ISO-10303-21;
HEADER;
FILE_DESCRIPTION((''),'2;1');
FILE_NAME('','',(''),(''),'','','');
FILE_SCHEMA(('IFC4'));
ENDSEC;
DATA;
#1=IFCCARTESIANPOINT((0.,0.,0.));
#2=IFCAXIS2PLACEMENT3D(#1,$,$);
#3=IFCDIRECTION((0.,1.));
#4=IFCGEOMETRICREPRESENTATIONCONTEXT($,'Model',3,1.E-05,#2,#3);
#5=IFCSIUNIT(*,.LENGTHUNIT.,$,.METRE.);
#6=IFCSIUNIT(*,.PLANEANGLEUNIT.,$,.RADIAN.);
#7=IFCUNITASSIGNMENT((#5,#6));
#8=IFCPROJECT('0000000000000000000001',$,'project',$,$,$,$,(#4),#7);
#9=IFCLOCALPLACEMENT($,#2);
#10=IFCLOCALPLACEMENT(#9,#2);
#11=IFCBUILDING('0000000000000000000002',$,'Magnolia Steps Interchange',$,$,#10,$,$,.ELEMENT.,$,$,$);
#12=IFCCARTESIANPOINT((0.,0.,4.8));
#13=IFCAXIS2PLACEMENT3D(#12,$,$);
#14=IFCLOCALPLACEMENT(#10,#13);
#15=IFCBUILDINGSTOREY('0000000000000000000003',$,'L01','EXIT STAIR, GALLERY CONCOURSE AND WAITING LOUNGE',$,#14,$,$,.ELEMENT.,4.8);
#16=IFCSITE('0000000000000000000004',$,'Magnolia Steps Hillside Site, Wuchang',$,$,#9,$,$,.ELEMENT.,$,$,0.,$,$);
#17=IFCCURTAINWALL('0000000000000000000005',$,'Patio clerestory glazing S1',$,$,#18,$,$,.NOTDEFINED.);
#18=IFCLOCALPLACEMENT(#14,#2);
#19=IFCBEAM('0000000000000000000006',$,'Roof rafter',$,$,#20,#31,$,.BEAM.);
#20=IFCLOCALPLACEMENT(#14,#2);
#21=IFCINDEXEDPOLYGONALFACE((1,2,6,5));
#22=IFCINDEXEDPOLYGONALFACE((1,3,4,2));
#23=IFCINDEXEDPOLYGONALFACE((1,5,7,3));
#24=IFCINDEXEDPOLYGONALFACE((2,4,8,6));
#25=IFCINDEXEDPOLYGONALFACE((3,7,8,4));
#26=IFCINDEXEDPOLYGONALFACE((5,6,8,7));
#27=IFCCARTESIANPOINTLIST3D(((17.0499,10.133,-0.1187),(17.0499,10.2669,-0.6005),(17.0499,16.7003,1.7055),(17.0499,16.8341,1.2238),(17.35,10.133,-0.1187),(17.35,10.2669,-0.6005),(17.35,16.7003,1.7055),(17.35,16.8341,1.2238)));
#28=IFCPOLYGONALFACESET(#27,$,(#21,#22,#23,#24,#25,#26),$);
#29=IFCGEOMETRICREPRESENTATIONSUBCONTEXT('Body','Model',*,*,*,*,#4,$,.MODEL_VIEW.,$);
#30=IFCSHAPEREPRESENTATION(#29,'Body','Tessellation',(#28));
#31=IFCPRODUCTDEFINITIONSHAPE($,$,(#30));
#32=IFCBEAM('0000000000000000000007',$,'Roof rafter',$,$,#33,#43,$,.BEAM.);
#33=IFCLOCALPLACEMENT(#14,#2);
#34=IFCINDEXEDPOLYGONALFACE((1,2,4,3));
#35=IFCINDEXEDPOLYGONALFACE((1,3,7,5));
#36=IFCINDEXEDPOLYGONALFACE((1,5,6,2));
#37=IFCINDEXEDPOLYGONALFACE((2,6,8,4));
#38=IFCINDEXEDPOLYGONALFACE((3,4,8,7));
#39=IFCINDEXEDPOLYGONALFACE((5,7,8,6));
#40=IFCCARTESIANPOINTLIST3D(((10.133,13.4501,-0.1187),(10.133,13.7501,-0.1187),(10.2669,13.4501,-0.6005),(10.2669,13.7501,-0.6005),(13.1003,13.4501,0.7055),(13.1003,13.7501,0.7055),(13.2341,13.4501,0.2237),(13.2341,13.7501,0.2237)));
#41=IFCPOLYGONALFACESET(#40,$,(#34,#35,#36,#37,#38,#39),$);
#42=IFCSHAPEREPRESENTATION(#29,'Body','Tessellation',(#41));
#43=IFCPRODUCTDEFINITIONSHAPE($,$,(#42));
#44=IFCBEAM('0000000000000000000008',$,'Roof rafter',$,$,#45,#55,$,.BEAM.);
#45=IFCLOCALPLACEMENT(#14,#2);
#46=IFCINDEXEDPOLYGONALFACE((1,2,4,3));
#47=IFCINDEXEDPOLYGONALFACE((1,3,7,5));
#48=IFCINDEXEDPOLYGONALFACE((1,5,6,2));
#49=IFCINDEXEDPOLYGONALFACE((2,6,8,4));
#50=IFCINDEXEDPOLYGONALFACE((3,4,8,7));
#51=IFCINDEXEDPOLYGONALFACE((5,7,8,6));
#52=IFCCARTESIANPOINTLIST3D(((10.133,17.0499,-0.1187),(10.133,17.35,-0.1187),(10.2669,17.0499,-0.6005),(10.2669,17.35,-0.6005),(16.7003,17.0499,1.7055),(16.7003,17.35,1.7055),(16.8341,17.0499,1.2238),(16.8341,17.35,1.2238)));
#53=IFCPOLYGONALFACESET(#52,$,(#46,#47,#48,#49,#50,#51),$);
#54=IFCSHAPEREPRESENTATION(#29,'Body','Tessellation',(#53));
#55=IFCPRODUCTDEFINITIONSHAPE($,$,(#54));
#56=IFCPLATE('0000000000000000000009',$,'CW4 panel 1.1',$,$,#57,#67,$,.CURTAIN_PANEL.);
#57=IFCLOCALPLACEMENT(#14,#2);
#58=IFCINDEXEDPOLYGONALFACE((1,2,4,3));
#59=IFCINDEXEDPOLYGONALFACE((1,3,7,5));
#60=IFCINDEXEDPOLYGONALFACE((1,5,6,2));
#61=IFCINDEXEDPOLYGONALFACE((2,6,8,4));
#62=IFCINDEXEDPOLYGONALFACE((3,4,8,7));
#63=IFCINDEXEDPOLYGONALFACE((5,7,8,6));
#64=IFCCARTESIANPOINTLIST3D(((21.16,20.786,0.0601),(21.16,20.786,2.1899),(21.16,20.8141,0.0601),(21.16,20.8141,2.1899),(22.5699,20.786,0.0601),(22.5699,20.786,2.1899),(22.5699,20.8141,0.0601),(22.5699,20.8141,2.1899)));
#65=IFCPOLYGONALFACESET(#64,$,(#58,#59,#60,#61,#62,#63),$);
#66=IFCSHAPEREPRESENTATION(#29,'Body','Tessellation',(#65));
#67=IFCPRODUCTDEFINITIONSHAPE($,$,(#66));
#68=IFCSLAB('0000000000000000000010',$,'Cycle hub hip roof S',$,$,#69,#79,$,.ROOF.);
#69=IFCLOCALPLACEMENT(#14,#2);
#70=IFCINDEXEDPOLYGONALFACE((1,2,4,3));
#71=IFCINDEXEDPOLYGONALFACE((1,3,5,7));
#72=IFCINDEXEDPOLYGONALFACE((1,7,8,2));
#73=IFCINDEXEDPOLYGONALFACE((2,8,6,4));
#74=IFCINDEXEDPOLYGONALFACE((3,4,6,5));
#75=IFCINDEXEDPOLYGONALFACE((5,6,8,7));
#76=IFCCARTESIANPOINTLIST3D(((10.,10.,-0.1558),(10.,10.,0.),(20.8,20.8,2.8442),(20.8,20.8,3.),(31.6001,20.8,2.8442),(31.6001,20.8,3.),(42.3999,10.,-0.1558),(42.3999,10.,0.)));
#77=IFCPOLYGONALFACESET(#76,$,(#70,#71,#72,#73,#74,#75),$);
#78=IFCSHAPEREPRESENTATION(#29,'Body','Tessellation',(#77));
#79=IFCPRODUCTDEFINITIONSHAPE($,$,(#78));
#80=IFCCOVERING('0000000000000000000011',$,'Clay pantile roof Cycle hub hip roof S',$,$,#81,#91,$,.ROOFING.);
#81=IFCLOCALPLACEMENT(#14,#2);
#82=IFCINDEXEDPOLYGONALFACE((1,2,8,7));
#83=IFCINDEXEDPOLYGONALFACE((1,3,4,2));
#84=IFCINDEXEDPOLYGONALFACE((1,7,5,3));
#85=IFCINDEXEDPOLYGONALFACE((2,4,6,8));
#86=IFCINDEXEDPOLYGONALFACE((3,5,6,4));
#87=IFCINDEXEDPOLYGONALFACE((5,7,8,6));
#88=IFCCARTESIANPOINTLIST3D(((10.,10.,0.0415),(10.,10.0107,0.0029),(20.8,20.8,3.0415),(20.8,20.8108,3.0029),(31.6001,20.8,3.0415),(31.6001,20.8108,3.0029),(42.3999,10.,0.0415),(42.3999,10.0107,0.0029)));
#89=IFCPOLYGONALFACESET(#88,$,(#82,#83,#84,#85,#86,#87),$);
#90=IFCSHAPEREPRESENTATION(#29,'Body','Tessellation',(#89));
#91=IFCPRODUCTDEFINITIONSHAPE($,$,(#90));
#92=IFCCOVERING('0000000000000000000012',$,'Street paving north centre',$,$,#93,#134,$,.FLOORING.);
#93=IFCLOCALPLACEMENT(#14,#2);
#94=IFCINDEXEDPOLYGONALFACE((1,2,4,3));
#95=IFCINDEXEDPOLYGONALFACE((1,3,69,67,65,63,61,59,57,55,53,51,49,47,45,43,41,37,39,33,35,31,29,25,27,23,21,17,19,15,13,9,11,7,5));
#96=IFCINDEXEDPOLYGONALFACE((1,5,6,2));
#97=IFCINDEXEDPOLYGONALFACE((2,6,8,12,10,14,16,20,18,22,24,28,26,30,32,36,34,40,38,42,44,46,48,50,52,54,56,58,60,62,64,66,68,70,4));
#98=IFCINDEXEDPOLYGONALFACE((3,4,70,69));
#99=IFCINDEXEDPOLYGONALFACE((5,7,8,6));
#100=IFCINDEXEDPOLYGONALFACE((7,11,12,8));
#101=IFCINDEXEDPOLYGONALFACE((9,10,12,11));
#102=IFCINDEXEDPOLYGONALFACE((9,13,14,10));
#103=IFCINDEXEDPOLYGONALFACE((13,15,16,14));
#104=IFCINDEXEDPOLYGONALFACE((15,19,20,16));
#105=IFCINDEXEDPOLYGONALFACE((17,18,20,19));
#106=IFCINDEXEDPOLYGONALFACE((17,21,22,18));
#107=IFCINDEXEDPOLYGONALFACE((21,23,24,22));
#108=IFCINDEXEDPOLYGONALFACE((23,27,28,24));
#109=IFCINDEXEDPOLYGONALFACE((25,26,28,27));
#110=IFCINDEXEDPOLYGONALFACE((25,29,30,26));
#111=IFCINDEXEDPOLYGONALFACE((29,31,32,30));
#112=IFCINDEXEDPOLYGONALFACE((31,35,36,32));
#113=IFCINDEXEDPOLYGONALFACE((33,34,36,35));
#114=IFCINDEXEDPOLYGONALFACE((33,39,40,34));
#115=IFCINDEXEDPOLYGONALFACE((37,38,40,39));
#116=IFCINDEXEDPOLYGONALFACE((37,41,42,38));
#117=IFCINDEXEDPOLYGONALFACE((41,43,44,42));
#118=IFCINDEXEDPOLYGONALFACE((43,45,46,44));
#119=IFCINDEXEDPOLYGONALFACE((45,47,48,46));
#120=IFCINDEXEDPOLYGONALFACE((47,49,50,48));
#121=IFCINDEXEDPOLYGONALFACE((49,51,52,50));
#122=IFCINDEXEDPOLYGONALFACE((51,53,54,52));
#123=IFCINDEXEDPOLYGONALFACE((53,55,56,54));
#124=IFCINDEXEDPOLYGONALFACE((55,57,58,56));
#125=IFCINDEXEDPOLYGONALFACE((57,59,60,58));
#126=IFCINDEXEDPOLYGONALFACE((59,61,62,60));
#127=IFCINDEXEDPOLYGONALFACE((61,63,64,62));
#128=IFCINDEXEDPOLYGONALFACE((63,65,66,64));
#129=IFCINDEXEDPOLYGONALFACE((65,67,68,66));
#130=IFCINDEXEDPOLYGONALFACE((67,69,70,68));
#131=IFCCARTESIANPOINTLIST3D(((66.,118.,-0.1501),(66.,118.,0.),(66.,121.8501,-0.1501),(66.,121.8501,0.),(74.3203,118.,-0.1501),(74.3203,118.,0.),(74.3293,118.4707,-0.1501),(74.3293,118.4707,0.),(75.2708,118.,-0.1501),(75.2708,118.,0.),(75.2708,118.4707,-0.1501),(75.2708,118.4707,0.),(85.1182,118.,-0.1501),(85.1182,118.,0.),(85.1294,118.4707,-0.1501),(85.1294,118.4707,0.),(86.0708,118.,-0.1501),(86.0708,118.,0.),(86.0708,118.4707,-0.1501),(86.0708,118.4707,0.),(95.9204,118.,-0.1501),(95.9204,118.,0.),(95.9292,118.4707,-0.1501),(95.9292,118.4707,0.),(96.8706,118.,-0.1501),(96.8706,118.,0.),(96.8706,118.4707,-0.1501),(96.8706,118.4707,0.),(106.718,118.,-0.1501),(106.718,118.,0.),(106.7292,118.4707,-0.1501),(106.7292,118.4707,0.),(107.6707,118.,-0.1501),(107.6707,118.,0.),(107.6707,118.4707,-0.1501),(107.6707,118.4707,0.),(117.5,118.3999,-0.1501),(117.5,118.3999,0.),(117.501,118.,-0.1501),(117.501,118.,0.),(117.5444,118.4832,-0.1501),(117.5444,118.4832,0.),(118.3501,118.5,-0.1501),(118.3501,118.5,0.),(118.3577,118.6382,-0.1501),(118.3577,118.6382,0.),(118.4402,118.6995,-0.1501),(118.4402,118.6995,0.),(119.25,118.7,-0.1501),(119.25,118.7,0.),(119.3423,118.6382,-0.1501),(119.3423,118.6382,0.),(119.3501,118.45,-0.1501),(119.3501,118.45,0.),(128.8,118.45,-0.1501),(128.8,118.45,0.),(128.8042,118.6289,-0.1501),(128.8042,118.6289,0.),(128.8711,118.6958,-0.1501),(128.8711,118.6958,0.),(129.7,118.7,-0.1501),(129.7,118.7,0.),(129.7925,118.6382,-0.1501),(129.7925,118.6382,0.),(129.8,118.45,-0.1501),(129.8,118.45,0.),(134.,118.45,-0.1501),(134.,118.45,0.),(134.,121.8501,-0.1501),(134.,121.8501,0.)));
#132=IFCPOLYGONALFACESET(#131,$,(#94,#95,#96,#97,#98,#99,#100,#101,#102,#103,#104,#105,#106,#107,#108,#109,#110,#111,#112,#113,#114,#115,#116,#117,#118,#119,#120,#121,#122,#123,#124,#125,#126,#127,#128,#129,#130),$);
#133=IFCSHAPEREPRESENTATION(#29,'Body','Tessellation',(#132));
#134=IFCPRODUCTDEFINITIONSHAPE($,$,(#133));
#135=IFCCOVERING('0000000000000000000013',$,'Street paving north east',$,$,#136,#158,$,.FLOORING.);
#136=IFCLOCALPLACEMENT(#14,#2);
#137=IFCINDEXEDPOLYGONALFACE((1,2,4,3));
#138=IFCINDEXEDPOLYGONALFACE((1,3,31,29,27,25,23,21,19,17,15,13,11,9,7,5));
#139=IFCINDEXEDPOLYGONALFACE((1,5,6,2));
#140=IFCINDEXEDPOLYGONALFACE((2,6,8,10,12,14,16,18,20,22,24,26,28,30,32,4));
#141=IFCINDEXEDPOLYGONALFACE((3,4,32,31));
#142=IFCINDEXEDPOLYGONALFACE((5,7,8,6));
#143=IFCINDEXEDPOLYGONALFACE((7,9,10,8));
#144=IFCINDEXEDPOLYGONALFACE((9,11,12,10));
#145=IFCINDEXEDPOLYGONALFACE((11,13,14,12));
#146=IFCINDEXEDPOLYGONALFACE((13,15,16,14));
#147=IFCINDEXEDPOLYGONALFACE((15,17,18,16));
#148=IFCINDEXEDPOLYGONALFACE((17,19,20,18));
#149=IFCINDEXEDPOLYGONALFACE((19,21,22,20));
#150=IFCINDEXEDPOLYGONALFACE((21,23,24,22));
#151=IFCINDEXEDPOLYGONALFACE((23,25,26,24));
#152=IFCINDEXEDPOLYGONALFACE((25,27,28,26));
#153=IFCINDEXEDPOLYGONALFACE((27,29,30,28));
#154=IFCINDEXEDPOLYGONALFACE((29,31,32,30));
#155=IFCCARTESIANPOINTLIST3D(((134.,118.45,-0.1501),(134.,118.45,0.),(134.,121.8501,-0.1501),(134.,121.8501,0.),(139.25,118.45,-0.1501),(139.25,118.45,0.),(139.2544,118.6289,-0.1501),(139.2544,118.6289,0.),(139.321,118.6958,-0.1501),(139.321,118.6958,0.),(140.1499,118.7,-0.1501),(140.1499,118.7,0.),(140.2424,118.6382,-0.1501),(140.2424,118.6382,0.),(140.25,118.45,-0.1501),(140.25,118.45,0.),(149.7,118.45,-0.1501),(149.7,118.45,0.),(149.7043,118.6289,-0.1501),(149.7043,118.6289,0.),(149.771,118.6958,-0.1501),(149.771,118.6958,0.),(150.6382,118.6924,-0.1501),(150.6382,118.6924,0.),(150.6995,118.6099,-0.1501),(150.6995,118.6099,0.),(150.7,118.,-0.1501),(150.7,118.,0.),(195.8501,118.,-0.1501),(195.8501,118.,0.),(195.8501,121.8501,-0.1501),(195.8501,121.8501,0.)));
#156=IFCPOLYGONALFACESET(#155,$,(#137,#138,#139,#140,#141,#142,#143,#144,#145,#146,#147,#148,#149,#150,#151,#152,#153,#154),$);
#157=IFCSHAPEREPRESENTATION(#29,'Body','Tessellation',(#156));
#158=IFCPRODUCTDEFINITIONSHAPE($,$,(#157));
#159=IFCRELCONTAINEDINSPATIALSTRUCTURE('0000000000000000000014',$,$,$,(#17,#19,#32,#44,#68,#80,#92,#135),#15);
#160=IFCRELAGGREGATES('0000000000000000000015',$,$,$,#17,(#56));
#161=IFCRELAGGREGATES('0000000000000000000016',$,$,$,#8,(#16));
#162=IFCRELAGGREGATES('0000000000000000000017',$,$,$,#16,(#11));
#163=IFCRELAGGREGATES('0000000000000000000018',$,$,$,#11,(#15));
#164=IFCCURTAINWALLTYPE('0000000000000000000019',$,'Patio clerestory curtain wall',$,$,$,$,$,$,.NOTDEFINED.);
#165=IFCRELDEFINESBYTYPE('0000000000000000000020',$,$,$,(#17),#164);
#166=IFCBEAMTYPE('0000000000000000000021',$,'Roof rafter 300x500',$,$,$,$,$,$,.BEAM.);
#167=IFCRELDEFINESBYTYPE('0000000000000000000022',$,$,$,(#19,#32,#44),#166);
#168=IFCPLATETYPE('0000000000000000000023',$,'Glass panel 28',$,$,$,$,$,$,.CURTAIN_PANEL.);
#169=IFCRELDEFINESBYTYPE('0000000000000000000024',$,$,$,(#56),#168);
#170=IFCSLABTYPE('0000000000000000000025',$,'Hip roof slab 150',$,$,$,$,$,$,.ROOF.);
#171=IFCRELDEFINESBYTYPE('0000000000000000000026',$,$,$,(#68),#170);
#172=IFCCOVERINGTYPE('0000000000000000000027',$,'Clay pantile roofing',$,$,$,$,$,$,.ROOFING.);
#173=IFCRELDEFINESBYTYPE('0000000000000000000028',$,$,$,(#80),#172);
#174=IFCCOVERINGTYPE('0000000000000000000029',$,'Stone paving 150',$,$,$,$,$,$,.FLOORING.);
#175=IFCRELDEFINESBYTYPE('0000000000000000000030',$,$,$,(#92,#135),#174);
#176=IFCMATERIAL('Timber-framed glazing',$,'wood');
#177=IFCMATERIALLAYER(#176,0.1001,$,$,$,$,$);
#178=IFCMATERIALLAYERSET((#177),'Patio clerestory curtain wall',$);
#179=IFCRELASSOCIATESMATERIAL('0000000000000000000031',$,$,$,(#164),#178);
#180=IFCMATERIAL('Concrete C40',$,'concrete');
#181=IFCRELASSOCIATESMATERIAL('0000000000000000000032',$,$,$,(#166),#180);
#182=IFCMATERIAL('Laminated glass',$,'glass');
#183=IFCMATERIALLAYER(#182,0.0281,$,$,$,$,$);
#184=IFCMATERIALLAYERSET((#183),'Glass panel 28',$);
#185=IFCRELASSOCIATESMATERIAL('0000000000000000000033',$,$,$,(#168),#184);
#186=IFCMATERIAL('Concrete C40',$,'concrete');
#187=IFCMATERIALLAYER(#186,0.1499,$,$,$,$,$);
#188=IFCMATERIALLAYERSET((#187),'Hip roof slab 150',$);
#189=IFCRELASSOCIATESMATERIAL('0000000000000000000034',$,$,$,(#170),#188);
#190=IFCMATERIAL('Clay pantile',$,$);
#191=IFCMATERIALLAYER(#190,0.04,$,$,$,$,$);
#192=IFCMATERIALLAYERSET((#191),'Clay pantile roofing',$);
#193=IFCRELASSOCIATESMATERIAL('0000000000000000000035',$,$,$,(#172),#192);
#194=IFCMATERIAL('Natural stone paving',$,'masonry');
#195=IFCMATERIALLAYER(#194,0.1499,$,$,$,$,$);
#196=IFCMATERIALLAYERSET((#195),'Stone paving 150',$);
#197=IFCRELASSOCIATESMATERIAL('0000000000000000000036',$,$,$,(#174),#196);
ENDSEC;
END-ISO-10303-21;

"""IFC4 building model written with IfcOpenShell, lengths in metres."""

from ifc_helpers import new_model, si_unit, direction, frame, origin, origin_2d, place, context, subcontext, project, spatial, polyline, rectangle, outline, extrude, material, layer, layer_set, material_profile, profile_set, type_object, element, aggregate, save


model = new_model("IFC4")

# Units and contexts
model_context = context("Model", 3, precision=1e-05, world=origin(), true_north=direction((0.0, 1.0)))
body_context = subcontext(model_context, "Body", "Model", "MODEL_VIEW")
ifc_project = project(units=[si_unit("LENGTHUNIT", "METRE"), si_unit("PLANEANGLEUNIT", "RADIAN")], contexts=[model_context])

# Site, building, storey
site_placement = place(None, origin())
site = spatial("IfcSite", under=ifc_project, at=site_placement, Name="Magnolia Steps Hillside Site, Wuchang", CompositionType="ELEMENT", RefElevation=0.0)
building_placement = place(site_placement, origin())
building = spatial("IfcBuilding", under=site, at=building_placement, Name="Magnolia Steps Interchange", CompositionType="ELEMENT")
storey_placement = place(building_placement, frame((0.0, 0.0, 4.8)))
storey = spatial("IfcBuildingStorey", under=building, at=storey_placement, Name="L01", Description="EXIT STAIR, GALLERY CONCOURSE AND WAITING LOUNGE", CompositionType="ELEMENT", Elevation=4.8)

# Curtain wall
ifc_material_1 = material(Name="Timber-framed glazing", Category="wood")
ifc_layer_1 = layer(ifc_material_1, 0.1001)
ifc_layer_set_1 = layer_set([ifc_layer_1], Name="Patio clerestory curtain wall")
curtain_wall_type = type_object("IfcCurtainWallType", Name="Patio clerestory curtain wall", PredefinedType="NOTDEFINED", material=ifc_layer_set_1)
curtain_wall_placement = place(storey_placement, origin())
curtain_wall = element("IfcCurtainWall", 1, at=curtain_wall_placement, inside=storey, type_object=curtain_wall_type, Name="Patio clerestory glazing S1", PredefinedType="NOTDEFINED")

# Beams
ifc_material_2 = material(Name="Concrete C40", Category="concrete")
ifc_material_profile_1 = material_profile(ifc_material_2, rectangle(XDim=0.3, YDim=0.5, at=origin_2d()), Name="RC300x500")
ifc_profile_set_1 = profile_set([ifc_material_profile_1], Name="Concrete C40")
beam_type_1 = type_object("IfcBeamType", Name="Roof rafter 300x500", PredefinedType="BEAM", material=ifc_profile_set_1)
beam_1_placement = place(storey_placement, frame((17.2, 10.2, -0.3596), z_axis=(0.0, 0.963517, 0.267646), x_axis=(-1.0, 0.0, 0.0)))
element("IfcBeam", 2, at=beam_1_placement, inside=storey, type_object=beam_type_1, Name="Roof rafter", PredefinedType="BEAM", context=body_context, shape_type="SweptSolid", body=[
    extrude(rectangle(XDim=0.3, YDim=0.5, at=origin_2d()), origin(), (0.0, 0.0, 1.0), 6.8159),
])
beam_2_placement = place(storey_placement, frame((10.2, 13.6001, -0.3596), z_axis=(0.96352, 0.0, 0.267636), x_axis=(0.0, 1.0, 0.0)))
element("IfcBeam", 3, at=beam_2_placement, inside=storey, type_object=beam_type_1, Name="Roof rafter", PredefinedType="BEAM", context=body_context, shape_type="SweptSolid", body=[
    extrude(rectangle(XDim=0.3, YDim=0.5, at=origin_2d()), origin(), (0.0, 0.0, 1.0), 3.0796),
])
beam_3_placement = place(storey_placement, frame((10.2, 17.2, -0.3596), z_axis=(0.963517, 0.0, 0.267646), x_axis=(0.0, 1.0, 0.0)))
element("IfcBeam", 4, at=beam_3_placement, inside=storey, type_object=beam_type_1, Name="Roof rafter", PredefinedType="BEAM", context=body_context, shape_type="SweptSolid", body=[
    extrude(rectangle(XDim=0.3, YDim=0.5, at=origin_2d()), origin(), (0.0, 0.0, 1.0), 6.8159),
])

# Plate
ifc_material_3 = material(Name="Laminated glass", Category="glass")
ifc_layer_2 = layer(ifc_material_3, 0.0281)
ifc_layer_set_2 = layer_set([ifc_layer_2], Name="Glass panel 28")
plate_type = type_object("IfcPlateType", Name="Glass panel 28", PredefinedType="CURTAIN_PANEL", material=ifc_layer_set_2)
plate_placement = place(storey_placement, frame((21.865, 20.8, 0.0601), z_axis=(0.0, 0.0, 1.0), x_axis=(1.0, 0.0, 0.0)))
plate = element("IfcPlate", 5, at=plate_placement, type_object=plate_type, Name="CW4 panel 1.1", PredefinedType="CURTAIN_PANEL", context=body_context, shape_type="SweptSolid", body=[
    extrude(rectangle(XDim=1.4099, YDim=0.0281, at=origin_2d()), origin(), (0.0, 0.0, 1.0), 2.1299),
])
aggregate(curtain_wall, [plate])

# Slab
ifc_material_4 = material(Name="Concrete C40", Category="concrete")
ifc_layer_3 = layer(ifc_material_4, 0.1499)
ifc_layer_set_3 = layer_set([ifc_layer_3], Name="Hip roof slab 150")
slab_type = type_object("IfcSlabType", Name="Hip roof slab 150", PredefinedType="ROOF", material=ifc_layer_set_3)
slab_placement = place(storey_placement, frame((10.0, 10.0, 0.0), z_axis=(0.0, -0.267643, 0.963518), x_axis=(1.0, 0.0, 0.0)))
element("IfcSlab", 6, at=slab_placement, inside=storey, type_object=slab_type, Name="Cycle hub hip roof S", PredefinedType="ROOF", context=body_context, shape_type="SweptSolid", body=[
    extrude(outline(polyline([(0.0, 0.0), (32.3999, 0.0), (21.6001, 11.209), (10.8, 11.209), (0.0, 0.0)])), origin(), (0.0, -0.267643, -0.963518), 0.1558),
])

# Coverings
ifc_material_5 = material(Name="Clay pantile")
ifc_layer_4 = layer(ifc_material_5, 0.04)
ifc_layer_set_4 = layer_set([ifc_layer_4], Name="Clay pantile roofing")
covering_type_1 = type_object("IfcCoveringType", Name="Clay pantile roofing", PredefinedType="ROOFING", material=ifc_layer_set_4)
covering_1_placement = place(storey_placement, frame((10.0, 10.0, 0.0415), z_axis=(0.0, -0.267643, 0.963518), x_axis=(1.0, 0.0, 0.0)))
element("IfcCovering", 7, at=covering_1_placement, inside=storey, type_object=covering_type_1, Name="Clay pantile roof Cycle hub hip roof S", PredefinedType="ROOFING", context=body_context, shape_type="SweptSolid", body=[
    extrude(outline(polyline([(0.0, 0.0), (32.3999, 0.0), (21.6001, 11.209), (10.8, 11.209), (0.0, 0.0)])), origin(), (0.0, 0.0, -1.0), 0.04),
])
ifc_material_6 = material(Name="Natural stone paving", Category="masonry")
ifc_layer_5 = layer(ifc_material_6, 0.1499)
ifc_layer_set_5 = layer_set([ifc_layer_5], Name="Stone paving 150")
covering_type_2 = type_object("IfcCoveringType", Name="Stone paving 150", PredefinedType="FLOORING", material=ifc_layer_set_5)
covering_2_placement = place(storey_placement, frame((0.0, 0.0, -0.1501)))
element("IfcCovering", 8, at=covering_2_placement, inside=storey, type_object=covering_type_2, Name="Street paving north centre", PredefinedType="FLOORING", context=body_context, shape_type="SweptSolid", body=[
    extrude(outline(polyline([(134.0, 121.8501), (134.0, 118.45), (129.8, 118.45), (129.7925, 118.6382), (129.7, 118.7), (128.8711, 118.6958), (128.8042, 118.6289), (128.8, 118.45), (119.3501, 118.45), (119.3423, 118.6382), (119.25, 118.7), (118.4402, 118.6995), (118.3577, 118.6382), (118.3501, 118.5), (117.5444, 118.4832), (117.5, 118.3999), (117.501, 118.0), (107.6707, 118.0), (107.6707, 118.4707), (106.7292, 118.4707), (106.718, 118.0), (96.8706, 118.0), (96.8706, 118.4707), (95.9292, 118.4707), (95.9204, 118.0), (86.0708, 118.0), (86.0708, 118.4707), (85.1294, 118.4707), (85.1182, 118.0), (75.2708, 118.0), (75.2708, 118.4707), (74.3293, 118.4707), (74.3203, 118.0), (66.0, 118.0), (66.0, 121.8501), (134.0, 121.8501)])), origin(), (0.0, 0.0, 1.0), 0.1501),
])
covering_3_placement = place(storey_placement, frame((0.0, 0.0, -0.1501)))
element("IfcCovering", 9, at=covering_3_placement, inside=storey, type_object=covering_type_2, Name="Street paving north east", PredefinedType="FLOORING", context=body_context, shape_type="SweptSolid", body=[
    extrude(outline(polyline([(195.8501, 121.8501), (195.8501, 118.0), (150.7, 118.0), (150.6995, 118.6099), (150.6382, 118.6924), (149.771, 118.6958), (149.7043, 118.6289), (149.7, 118.45), (140.25, 118.45), (140.2424, 118.6382), (140.1499, 118.7), (139.321, 118.6958), (139.2544, 118.6289), (139.25, 118.45), (134.0, 118.45), (134.0, 121.8501), (195.8501, 121.8501)])), origin(), (0.0, 0.0, 1.0), 0.1501),
])

save(model, "model.ifc")
